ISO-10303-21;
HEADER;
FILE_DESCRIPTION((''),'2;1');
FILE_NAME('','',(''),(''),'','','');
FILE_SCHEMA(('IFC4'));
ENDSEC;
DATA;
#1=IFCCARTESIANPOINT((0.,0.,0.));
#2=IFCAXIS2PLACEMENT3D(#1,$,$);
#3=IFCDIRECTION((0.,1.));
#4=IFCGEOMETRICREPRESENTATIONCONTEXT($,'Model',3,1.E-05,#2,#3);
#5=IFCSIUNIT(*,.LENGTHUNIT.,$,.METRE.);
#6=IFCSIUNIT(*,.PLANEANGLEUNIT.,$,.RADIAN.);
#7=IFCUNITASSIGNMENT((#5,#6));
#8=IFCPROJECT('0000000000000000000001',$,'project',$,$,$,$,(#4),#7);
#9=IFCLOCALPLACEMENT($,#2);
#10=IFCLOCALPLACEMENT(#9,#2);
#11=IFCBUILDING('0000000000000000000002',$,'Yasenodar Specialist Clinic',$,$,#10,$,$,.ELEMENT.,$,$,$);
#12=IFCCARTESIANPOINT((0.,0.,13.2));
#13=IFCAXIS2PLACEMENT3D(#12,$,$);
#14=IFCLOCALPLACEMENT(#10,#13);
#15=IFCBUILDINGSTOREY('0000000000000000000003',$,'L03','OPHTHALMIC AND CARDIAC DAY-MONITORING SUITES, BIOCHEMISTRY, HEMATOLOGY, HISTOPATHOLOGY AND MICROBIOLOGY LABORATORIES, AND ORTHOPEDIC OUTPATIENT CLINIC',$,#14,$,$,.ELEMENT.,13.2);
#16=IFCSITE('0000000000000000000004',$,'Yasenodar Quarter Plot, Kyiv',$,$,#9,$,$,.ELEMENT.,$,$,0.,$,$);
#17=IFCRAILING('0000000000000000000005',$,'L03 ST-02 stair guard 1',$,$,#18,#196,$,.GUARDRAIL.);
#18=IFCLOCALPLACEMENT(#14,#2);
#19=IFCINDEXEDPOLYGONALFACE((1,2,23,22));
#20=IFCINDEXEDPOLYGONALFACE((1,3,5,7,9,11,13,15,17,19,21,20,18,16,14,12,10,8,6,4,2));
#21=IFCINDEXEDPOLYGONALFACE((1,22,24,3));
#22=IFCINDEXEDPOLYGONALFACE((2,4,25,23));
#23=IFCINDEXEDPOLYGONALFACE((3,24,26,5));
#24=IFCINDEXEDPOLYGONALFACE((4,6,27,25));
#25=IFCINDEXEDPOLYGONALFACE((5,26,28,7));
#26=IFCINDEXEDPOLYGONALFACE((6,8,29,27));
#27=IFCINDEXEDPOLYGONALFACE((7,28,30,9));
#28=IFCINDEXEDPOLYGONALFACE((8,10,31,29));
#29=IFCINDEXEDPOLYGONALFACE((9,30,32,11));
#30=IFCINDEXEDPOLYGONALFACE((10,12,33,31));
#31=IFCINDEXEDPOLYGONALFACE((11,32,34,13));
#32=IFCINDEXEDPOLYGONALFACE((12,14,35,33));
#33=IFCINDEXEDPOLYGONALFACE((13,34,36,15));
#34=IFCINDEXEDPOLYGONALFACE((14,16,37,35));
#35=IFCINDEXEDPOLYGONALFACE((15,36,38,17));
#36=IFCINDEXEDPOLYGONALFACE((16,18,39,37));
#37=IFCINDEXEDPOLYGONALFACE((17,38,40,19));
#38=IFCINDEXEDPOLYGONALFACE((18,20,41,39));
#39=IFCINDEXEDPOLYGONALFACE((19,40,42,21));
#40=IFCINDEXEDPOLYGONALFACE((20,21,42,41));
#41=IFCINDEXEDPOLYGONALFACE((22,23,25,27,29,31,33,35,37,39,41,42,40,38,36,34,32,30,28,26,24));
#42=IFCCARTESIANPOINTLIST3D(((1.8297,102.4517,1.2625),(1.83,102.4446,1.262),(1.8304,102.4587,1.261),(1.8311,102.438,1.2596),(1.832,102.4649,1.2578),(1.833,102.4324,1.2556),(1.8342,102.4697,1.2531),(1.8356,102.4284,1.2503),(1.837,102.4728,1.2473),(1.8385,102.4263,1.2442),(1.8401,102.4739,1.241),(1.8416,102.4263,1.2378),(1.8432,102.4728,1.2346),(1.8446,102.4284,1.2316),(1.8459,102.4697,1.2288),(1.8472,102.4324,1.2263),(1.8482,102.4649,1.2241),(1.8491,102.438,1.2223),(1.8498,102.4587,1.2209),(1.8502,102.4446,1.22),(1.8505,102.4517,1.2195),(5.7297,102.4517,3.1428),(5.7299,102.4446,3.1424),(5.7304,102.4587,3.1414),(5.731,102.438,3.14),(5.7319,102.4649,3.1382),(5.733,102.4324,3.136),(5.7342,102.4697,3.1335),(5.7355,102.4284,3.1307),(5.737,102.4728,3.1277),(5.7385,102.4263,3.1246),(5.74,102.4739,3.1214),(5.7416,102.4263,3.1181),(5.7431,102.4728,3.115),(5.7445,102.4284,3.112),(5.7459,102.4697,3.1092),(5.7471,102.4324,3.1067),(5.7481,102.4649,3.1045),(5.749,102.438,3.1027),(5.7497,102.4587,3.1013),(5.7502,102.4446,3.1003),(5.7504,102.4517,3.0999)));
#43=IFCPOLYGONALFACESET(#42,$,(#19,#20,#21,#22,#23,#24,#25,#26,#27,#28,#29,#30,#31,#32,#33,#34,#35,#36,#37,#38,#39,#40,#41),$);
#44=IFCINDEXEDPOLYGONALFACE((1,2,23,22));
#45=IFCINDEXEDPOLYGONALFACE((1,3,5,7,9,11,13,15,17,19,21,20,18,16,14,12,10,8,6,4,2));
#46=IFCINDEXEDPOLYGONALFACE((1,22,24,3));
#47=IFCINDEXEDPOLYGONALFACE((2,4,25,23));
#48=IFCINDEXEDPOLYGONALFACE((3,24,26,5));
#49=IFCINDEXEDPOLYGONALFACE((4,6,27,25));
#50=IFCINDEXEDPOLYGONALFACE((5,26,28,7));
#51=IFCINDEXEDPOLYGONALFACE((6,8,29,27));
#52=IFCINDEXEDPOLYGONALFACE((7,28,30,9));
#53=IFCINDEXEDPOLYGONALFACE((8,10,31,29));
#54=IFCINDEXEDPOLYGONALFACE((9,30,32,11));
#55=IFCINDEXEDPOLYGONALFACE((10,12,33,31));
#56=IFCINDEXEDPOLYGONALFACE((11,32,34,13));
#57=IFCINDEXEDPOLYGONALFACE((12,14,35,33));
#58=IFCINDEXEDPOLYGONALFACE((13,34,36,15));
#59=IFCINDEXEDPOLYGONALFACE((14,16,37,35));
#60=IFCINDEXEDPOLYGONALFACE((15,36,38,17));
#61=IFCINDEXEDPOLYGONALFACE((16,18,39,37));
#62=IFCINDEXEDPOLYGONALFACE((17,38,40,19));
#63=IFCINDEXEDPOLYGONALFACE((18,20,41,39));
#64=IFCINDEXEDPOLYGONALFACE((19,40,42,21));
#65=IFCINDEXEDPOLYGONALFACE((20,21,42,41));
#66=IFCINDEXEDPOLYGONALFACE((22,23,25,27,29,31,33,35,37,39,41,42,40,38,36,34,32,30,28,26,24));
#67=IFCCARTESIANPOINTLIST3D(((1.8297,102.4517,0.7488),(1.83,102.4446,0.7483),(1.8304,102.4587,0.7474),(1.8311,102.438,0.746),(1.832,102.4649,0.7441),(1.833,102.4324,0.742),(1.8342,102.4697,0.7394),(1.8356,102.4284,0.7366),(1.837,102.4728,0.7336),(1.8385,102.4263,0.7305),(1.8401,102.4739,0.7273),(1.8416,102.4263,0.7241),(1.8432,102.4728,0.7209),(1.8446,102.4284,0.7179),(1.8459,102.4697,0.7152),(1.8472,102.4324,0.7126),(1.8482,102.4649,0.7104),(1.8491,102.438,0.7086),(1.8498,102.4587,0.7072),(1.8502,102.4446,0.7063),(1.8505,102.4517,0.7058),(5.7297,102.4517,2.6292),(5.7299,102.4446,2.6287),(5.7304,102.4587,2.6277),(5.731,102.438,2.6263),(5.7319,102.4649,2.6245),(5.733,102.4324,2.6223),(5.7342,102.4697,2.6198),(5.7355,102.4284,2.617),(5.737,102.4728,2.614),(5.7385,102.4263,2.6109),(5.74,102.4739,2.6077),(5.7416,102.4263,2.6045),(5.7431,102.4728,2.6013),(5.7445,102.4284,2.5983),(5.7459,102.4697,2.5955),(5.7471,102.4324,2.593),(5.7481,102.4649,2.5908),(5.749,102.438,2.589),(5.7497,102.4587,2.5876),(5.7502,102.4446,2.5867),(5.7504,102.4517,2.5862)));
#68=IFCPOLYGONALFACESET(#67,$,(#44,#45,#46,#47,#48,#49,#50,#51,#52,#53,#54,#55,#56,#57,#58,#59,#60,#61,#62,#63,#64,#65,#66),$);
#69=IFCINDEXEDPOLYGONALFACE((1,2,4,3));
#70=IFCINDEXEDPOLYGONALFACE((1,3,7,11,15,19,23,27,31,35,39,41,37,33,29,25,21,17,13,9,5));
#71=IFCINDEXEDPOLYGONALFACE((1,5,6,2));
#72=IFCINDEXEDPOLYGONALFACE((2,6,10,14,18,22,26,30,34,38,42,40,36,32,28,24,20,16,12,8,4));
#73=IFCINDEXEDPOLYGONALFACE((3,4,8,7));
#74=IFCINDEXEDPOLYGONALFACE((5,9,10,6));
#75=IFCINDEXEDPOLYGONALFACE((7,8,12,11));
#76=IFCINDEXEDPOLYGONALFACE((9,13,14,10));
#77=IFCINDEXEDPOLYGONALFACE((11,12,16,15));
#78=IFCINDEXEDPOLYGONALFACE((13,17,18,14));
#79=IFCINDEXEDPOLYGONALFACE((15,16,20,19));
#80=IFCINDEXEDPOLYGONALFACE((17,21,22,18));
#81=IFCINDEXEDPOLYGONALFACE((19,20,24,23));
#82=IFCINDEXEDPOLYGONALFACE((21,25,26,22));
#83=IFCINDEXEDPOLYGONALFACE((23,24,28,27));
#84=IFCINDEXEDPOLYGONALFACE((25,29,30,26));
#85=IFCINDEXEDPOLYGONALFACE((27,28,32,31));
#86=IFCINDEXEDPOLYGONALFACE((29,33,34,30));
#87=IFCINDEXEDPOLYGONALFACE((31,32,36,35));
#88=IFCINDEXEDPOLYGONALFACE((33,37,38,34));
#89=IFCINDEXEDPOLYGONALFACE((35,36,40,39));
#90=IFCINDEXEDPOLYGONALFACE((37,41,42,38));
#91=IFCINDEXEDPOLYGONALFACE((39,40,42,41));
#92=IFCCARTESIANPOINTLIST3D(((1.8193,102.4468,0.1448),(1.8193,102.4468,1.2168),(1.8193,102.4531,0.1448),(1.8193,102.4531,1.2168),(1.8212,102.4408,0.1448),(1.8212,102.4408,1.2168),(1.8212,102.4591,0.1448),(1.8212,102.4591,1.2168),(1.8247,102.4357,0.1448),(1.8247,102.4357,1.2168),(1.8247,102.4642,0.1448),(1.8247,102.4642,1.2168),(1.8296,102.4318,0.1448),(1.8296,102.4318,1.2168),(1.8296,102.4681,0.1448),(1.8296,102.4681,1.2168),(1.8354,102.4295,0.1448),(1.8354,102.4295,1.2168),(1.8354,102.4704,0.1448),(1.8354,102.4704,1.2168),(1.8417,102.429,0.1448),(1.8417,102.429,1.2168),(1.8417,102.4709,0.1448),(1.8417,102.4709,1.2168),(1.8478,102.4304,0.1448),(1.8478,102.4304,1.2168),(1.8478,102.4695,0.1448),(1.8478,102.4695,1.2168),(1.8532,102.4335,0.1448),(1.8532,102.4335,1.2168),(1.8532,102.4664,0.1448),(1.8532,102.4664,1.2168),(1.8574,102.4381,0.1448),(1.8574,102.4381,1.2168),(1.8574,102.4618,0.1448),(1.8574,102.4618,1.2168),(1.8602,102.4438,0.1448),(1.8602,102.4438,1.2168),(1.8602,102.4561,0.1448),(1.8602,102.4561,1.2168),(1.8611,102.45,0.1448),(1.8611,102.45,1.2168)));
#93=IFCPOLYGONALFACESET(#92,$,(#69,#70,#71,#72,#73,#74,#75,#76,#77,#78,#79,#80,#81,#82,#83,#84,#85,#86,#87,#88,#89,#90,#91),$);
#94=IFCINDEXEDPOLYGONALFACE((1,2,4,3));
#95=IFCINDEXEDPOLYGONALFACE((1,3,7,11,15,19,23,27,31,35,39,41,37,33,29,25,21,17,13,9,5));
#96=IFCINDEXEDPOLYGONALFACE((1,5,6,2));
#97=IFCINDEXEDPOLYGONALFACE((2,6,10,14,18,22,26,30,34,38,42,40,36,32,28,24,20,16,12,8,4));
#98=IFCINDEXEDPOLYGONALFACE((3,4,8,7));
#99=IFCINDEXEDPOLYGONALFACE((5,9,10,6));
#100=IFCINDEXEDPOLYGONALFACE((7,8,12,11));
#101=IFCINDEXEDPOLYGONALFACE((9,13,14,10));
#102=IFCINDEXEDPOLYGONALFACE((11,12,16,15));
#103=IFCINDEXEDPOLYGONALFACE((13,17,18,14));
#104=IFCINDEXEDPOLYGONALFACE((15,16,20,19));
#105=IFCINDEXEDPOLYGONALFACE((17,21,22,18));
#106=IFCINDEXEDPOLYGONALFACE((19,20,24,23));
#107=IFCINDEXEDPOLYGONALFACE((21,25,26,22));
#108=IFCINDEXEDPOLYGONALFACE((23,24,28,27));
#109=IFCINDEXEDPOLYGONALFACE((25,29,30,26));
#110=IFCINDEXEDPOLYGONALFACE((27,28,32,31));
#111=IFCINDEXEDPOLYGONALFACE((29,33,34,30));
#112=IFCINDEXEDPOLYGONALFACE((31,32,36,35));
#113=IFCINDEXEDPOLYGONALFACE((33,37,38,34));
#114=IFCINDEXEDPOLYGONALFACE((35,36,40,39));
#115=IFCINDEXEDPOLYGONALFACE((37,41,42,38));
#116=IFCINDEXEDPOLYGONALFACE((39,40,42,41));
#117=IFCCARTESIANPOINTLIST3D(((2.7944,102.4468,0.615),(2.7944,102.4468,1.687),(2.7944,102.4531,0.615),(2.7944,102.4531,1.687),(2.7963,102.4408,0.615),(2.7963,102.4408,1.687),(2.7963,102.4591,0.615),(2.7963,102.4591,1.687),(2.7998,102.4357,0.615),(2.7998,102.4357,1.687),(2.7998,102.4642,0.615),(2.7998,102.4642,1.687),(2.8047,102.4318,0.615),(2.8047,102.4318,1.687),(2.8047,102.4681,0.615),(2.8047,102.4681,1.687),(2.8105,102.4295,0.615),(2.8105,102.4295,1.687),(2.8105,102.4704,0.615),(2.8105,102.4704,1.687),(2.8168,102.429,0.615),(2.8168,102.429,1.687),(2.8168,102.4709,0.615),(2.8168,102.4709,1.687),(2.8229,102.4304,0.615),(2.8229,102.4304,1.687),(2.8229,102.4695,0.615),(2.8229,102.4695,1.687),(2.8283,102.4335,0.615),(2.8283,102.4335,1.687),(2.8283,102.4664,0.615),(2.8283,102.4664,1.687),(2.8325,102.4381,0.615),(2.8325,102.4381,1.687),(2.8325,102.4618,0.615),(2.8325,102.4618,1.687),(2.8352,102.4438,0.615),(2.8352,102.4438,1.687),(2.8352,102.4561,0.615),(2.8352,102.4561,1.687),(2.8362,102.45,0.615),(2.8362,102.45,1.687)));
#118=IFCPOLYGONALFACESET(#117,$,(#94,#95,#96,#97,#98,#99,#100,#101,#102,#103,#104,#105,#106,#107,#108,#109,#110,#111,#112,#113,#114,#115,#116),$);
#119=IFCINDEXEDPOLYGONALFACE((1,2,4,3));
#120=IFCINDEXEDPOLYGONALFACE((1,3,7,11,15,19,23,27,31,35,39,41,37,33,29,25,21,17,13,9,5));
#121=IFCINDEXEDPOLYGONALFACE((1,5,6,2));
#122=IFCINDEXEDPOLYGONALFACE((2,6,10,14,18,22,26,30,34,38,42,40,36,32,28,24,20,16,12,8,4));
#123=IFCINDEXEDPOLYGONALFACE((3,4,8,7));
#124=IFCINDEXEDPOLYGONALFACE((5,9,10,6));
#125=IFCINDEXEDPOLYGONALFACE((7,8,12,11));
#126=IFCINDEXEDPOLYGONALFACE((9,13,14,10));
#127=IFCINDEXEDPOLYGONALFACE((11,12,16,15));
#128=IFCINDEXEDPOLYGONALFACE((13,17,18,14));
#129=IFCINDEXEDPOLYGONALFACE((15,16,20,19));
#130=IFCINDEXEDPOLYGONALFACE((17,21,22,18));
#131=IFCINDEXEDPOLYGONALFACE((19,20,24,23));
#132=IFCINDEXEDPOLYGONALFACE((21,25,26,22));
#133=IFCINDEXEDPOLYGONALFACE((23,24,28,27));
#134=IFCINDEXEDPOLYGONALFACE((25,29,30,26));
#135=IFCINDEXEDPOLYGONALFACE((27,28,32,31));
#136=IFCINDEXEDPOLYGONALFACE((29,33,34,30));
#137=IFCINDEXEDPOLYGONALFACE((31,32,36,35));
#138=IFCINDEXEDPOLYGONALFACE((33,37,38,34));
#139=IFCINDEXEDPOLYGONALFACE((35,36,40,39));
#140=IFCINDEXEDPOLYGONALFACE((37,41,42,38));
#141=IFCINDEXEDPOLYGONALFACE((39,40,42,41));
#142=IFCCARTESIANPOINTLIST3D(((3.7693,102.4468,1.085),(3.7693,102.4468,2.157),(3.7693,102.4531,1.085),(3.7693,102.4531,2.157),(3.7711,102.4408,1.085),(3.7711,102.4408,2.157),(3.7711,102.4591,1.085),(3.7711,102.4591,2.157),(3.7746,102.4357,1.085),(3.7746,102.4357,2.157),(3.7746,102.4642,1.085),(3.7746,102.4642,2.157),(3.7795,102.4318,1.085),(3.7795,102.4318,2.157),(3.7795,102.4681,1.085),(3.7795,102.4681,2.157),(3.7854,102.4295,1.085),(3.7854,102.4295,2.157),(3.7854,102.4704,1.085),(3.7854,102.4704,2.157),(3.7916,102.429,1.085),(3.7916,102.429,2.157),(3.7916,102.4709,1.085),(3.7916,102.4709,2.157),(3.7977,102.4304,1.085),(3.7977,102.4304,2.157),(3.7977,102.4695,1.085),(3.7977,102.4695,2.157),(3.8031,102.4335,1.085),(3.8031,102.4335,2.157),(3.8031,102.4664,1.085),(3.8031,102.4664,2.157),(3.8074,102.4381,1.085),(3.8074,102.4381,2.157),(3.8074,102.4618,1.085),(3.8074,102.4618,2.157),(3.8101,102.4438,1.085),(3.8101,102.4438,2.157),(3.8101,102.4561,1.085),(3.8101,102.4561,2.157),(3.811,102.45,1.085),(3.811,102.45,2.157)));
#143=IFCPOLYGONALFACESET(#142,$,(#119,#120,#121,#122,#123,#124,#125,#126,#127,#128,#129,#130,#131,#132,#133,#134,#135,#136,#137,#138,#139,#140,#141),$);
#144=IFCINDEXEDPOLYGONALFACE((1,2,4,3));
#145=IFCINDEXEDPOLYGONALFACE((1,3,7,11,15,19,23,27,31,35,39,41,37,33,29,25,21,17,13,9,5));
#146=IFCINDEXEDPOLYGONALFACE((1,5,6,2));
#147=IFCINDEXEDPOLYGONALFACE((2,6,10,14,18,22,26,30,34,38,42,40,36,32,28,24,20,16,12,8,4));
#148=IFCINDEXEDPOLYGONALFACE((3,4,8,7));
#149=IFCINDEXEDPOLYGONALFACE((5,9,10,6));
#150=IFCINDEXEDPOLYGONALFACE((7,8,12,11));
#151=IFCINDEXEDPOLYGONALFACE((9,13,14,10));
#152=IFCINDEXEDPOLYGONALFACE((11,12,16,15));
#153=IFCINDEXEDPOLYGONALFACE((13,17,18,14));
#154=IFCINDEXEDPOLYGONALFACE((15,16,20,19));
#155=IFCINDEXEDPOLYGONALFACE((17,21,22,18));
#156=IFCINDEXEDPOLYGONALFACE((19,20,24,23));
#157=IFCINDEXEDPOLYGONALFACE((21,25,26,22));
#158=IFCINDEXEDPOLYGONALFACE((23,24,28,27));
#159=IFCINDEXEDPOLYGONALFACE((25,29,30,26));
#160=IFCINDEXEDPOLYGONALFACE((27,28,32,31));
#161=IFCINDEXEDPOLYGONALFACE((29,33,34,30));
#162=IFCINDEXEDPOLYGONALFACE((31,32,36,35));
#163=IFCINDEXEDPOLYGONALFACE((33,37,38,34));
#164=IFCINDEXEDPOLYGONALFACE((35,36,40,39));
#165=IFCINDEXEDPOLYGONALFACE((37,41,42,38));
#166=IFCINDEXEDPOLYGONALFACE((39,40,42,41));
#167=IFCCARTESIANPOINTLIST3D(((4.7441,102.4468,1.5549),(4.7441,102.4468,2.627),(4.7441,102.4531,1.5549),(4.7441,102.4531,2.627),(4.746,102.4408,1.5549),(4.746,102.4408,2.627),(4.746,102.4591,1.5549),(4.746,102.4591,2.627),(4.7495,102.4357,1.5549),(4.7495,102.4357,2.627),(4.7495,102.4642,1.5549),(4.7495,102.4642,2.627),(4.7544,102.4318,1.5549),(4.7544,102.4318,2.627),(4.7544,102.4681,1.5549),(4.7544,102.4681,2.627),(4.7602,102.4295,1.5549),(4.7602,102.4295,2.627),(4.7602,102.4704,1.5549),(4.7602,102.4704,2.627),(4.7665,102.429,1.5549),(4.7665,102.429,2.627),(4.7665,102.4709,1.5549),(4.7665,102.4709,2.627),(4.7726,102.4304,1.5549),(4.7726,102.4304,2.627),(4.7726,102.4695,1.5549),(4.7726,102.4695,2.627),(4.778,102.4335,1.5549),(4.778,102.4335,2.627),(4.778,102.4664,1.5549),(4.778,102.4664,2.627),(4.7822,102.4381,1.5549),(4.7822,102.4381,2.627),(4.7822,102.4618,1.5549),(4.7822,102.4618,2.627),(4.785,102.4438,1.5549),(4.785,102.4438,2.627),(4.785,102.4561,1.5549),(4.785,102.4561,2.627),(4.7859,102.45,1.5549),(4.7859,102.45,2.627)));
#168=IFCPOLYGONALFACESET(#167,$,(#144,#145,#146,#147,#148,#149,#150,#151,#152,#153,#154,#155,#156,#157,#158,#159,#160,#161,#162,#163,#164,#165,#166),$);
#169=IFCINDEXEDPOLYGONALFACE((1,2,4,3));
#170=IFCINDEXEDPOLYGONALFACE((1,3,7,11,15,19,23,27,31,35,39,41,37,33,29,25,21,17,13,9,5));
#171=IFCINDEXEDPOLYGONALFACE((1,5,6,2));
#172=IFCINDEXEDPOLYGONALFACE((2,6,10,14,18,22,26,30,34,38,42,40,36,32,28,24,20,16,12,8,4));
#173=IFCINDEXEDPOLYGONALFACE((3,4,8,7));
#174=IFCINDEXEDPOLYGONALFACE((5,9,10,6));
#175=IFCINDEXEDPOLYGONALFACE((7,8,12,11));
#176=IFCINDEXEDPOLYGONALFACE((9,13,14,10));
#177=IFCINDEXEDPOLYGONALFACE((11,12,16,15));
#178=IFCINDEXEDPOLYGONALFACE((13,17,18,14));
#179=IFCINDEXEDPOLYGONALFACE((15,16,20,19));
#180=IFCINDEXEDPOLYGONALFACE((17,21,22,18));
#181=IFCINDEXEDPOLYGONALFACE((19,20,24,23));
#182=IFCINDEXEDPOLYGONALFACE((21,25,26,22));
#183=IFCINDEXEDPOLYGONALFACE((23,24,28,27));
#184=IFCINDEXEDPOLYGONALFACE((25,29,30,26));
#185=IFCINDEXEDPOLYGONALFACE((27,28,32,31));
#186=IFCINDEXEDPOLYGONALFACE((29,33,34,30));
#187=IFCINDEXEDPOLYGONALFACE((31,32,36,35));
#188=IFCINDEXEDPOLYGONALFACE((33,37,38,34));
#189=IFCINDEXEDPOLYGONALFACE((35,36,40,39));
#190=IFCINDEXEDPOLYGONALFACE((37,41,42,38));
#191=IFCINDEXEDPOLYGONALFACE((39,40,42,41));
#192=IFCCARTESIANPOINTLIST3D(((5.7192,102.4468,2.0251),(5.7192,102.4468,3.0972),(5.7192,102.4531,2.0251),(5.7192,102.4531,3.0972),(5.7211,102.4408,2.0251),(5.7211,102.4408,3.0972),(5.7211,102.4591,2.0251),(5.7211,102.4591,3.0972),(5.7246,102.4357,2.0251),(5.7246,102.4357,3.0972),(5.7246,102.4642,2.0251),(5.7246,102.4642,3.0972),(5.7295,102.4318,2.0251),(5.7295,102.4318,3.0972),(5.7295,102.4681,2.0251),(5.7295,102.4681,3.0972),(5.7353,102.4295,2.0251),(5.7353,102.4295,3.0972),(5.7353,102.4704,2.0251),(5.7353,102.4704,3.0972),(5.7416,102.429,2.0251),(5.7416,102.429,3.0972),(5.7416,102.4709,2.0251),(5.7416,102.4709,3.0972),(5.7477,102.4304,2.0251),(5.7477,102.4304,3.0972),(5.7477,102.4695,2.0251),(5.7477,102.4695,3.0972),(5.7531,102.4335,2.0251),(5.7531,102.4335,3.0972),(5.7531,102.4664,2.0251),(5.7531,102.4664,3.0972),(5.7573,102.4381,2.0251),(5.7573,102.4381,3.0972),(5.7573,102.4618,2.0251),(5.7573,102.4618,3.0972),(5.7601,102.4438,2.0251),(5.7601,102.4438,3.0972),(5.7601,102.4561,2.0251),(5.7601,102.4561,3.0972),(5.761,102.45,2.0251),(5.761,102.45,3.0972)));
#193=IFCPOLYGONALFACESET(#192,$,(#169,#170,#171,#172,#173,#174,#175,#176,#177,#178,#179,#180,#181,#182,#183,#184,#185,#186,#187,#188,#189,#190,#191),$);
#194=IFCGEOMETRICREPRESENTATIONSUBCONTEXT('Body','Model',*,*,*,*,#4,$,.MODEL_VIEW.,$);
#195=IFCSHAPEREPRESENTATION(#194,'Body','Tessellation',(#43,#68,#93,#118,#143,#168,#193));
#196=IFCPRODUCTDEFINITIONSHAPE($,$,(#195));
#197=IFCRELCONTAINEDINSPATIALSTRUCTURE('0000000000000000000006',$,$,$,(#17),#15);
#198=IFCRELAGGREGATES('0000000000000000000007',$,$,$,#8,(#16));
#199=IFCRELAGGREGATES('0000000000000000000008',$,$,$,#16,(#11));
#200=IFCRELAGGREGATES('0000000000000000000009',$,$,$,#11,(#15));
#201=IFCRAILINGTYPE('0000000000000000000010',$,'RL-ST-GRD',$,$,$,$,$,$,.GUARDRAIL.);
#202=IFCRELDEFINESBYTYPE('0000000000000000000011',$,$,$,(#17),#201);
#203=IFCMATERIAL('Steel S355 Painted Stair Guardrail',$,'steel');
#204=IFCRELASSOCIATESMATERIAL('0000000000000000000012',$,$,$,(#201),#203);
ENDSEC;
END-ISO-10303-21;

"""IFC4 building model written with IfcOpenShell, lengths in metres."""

from ifc_helpers import new_model, si_unit, direction, frame, origin, origin_2d, place, context, subcontext, project, spatial, circle, extrude, material, type_object, element, save


model = new_model("IFC4")

# Units and contexts
model_context = context("Model", 3, precision=1e-05, world=origin(), true_north=direction((0.0, 1.0)))
body_context = subcontext(model_context, "Body", "Model", "MODEL_VIEW")
ifc_project = project(units=[si_unit("LENGTHUNIT", "METRE"), si_unit("PLANEANGLEUNIT", "RADIAN")], contexts=[model_context])

# Site, building, storey
site_placement = place(None, origin())
site = spatial("IfcSite", under=ifc_project, at=site_placement, Name="Yasenodar Quarter Plot, Kyiv", CompositionType="ELEMENT", RefElevation=0.0)
building_placement = place(site_placement, origin())
building = spatial("IfcBuilding", under=site, at=building_placement, Name="Yasenodar Specialist Clinic", CompositionType="ELEMENT")
storey_placement = place(building_placement, frame((0.0, 0.0, 13.2)))
storey = spatial("IfcBuildingStorey", under=building, at=storey_placement, Name="L03", Description="OPHTHALMIC AND CARDIAC DAY-MONITORING SUITES, BIOCHEMISTRY, HEMATOLOGY, HISTOPATHOLOGY AND MICROBIOLOGY LABORATORIES, AND ORTHOPEDIC OUTPATIENT CLINIC", CompositionType="ELEMENT", Elevation=13.2)

# Railing
ifc_material_1 = material(Name="Steel S355 Painted Stair Guardrail", Category="steel")
railing_type_1 = type_object("IfcRailingType", Name="RL-ST-GRD", PredefinedType="GUARDRAIL", material=ifc_material_1)
railing_1_placement = place(storey_placement, frame((1.8401, 102.45, 0.1448)))
element("IfcRailing", 1, at=railing_1_placement, inside=storey, type_object=railing_type_1, Name="L03 ST-02 stair guard 1", PredefinedType="GUARDRAIL", context=body_context, shape_type="SweptSolid", body=[
    extrude(circle(Radius=0.0239, at=origin_2d()), frame((0.0, 0.0, 1.0962), z_axis=(0.900763, 0.0, 0.434311), x_axis=(0.0, 1.0, 0.0)), (0.0, 0.0, 1.0), 4.3296),
    extrude(circle(Radius=0.0239, at=origin_2d()), frame((0.0, 0.0, 0.5825), z_axis=(0.900763, 0.0, 0.434311), x_axis=(0.0, 1.0, 0.0)), (0.0, 0.0, 1.0), 4.3296),
    extrude(circle(Radius=0.021, at=origin_2d()), origin(), (0.0, 0.0, 1.0), 1.072),
    extrude(circle(Radius=0.021, at=origin_2d()), frame((0.9751, 0.0, 0.4702)), (0.0, 0.0, 1.0), 1.072),
    extrude(circle(Radius=0.021, at=origin_2d()), frame((1.95, 0.0, 0.9402)), (0.0, 0.0, 1.0), 1.072),
    extrude(circle(Radius=0.021, at=origin_2d()), frame((2.9248, 0.0, 1.4102)), (0.0, 0.0, 1.0), 1.072),
    extrude(circle(Radius=0.021, at=origin_2d()), frame((3.8999, 0.0, 1.8804)), (0.0, 0.0, 1.0), 1.072),
])

save(model, "model.ifc")
